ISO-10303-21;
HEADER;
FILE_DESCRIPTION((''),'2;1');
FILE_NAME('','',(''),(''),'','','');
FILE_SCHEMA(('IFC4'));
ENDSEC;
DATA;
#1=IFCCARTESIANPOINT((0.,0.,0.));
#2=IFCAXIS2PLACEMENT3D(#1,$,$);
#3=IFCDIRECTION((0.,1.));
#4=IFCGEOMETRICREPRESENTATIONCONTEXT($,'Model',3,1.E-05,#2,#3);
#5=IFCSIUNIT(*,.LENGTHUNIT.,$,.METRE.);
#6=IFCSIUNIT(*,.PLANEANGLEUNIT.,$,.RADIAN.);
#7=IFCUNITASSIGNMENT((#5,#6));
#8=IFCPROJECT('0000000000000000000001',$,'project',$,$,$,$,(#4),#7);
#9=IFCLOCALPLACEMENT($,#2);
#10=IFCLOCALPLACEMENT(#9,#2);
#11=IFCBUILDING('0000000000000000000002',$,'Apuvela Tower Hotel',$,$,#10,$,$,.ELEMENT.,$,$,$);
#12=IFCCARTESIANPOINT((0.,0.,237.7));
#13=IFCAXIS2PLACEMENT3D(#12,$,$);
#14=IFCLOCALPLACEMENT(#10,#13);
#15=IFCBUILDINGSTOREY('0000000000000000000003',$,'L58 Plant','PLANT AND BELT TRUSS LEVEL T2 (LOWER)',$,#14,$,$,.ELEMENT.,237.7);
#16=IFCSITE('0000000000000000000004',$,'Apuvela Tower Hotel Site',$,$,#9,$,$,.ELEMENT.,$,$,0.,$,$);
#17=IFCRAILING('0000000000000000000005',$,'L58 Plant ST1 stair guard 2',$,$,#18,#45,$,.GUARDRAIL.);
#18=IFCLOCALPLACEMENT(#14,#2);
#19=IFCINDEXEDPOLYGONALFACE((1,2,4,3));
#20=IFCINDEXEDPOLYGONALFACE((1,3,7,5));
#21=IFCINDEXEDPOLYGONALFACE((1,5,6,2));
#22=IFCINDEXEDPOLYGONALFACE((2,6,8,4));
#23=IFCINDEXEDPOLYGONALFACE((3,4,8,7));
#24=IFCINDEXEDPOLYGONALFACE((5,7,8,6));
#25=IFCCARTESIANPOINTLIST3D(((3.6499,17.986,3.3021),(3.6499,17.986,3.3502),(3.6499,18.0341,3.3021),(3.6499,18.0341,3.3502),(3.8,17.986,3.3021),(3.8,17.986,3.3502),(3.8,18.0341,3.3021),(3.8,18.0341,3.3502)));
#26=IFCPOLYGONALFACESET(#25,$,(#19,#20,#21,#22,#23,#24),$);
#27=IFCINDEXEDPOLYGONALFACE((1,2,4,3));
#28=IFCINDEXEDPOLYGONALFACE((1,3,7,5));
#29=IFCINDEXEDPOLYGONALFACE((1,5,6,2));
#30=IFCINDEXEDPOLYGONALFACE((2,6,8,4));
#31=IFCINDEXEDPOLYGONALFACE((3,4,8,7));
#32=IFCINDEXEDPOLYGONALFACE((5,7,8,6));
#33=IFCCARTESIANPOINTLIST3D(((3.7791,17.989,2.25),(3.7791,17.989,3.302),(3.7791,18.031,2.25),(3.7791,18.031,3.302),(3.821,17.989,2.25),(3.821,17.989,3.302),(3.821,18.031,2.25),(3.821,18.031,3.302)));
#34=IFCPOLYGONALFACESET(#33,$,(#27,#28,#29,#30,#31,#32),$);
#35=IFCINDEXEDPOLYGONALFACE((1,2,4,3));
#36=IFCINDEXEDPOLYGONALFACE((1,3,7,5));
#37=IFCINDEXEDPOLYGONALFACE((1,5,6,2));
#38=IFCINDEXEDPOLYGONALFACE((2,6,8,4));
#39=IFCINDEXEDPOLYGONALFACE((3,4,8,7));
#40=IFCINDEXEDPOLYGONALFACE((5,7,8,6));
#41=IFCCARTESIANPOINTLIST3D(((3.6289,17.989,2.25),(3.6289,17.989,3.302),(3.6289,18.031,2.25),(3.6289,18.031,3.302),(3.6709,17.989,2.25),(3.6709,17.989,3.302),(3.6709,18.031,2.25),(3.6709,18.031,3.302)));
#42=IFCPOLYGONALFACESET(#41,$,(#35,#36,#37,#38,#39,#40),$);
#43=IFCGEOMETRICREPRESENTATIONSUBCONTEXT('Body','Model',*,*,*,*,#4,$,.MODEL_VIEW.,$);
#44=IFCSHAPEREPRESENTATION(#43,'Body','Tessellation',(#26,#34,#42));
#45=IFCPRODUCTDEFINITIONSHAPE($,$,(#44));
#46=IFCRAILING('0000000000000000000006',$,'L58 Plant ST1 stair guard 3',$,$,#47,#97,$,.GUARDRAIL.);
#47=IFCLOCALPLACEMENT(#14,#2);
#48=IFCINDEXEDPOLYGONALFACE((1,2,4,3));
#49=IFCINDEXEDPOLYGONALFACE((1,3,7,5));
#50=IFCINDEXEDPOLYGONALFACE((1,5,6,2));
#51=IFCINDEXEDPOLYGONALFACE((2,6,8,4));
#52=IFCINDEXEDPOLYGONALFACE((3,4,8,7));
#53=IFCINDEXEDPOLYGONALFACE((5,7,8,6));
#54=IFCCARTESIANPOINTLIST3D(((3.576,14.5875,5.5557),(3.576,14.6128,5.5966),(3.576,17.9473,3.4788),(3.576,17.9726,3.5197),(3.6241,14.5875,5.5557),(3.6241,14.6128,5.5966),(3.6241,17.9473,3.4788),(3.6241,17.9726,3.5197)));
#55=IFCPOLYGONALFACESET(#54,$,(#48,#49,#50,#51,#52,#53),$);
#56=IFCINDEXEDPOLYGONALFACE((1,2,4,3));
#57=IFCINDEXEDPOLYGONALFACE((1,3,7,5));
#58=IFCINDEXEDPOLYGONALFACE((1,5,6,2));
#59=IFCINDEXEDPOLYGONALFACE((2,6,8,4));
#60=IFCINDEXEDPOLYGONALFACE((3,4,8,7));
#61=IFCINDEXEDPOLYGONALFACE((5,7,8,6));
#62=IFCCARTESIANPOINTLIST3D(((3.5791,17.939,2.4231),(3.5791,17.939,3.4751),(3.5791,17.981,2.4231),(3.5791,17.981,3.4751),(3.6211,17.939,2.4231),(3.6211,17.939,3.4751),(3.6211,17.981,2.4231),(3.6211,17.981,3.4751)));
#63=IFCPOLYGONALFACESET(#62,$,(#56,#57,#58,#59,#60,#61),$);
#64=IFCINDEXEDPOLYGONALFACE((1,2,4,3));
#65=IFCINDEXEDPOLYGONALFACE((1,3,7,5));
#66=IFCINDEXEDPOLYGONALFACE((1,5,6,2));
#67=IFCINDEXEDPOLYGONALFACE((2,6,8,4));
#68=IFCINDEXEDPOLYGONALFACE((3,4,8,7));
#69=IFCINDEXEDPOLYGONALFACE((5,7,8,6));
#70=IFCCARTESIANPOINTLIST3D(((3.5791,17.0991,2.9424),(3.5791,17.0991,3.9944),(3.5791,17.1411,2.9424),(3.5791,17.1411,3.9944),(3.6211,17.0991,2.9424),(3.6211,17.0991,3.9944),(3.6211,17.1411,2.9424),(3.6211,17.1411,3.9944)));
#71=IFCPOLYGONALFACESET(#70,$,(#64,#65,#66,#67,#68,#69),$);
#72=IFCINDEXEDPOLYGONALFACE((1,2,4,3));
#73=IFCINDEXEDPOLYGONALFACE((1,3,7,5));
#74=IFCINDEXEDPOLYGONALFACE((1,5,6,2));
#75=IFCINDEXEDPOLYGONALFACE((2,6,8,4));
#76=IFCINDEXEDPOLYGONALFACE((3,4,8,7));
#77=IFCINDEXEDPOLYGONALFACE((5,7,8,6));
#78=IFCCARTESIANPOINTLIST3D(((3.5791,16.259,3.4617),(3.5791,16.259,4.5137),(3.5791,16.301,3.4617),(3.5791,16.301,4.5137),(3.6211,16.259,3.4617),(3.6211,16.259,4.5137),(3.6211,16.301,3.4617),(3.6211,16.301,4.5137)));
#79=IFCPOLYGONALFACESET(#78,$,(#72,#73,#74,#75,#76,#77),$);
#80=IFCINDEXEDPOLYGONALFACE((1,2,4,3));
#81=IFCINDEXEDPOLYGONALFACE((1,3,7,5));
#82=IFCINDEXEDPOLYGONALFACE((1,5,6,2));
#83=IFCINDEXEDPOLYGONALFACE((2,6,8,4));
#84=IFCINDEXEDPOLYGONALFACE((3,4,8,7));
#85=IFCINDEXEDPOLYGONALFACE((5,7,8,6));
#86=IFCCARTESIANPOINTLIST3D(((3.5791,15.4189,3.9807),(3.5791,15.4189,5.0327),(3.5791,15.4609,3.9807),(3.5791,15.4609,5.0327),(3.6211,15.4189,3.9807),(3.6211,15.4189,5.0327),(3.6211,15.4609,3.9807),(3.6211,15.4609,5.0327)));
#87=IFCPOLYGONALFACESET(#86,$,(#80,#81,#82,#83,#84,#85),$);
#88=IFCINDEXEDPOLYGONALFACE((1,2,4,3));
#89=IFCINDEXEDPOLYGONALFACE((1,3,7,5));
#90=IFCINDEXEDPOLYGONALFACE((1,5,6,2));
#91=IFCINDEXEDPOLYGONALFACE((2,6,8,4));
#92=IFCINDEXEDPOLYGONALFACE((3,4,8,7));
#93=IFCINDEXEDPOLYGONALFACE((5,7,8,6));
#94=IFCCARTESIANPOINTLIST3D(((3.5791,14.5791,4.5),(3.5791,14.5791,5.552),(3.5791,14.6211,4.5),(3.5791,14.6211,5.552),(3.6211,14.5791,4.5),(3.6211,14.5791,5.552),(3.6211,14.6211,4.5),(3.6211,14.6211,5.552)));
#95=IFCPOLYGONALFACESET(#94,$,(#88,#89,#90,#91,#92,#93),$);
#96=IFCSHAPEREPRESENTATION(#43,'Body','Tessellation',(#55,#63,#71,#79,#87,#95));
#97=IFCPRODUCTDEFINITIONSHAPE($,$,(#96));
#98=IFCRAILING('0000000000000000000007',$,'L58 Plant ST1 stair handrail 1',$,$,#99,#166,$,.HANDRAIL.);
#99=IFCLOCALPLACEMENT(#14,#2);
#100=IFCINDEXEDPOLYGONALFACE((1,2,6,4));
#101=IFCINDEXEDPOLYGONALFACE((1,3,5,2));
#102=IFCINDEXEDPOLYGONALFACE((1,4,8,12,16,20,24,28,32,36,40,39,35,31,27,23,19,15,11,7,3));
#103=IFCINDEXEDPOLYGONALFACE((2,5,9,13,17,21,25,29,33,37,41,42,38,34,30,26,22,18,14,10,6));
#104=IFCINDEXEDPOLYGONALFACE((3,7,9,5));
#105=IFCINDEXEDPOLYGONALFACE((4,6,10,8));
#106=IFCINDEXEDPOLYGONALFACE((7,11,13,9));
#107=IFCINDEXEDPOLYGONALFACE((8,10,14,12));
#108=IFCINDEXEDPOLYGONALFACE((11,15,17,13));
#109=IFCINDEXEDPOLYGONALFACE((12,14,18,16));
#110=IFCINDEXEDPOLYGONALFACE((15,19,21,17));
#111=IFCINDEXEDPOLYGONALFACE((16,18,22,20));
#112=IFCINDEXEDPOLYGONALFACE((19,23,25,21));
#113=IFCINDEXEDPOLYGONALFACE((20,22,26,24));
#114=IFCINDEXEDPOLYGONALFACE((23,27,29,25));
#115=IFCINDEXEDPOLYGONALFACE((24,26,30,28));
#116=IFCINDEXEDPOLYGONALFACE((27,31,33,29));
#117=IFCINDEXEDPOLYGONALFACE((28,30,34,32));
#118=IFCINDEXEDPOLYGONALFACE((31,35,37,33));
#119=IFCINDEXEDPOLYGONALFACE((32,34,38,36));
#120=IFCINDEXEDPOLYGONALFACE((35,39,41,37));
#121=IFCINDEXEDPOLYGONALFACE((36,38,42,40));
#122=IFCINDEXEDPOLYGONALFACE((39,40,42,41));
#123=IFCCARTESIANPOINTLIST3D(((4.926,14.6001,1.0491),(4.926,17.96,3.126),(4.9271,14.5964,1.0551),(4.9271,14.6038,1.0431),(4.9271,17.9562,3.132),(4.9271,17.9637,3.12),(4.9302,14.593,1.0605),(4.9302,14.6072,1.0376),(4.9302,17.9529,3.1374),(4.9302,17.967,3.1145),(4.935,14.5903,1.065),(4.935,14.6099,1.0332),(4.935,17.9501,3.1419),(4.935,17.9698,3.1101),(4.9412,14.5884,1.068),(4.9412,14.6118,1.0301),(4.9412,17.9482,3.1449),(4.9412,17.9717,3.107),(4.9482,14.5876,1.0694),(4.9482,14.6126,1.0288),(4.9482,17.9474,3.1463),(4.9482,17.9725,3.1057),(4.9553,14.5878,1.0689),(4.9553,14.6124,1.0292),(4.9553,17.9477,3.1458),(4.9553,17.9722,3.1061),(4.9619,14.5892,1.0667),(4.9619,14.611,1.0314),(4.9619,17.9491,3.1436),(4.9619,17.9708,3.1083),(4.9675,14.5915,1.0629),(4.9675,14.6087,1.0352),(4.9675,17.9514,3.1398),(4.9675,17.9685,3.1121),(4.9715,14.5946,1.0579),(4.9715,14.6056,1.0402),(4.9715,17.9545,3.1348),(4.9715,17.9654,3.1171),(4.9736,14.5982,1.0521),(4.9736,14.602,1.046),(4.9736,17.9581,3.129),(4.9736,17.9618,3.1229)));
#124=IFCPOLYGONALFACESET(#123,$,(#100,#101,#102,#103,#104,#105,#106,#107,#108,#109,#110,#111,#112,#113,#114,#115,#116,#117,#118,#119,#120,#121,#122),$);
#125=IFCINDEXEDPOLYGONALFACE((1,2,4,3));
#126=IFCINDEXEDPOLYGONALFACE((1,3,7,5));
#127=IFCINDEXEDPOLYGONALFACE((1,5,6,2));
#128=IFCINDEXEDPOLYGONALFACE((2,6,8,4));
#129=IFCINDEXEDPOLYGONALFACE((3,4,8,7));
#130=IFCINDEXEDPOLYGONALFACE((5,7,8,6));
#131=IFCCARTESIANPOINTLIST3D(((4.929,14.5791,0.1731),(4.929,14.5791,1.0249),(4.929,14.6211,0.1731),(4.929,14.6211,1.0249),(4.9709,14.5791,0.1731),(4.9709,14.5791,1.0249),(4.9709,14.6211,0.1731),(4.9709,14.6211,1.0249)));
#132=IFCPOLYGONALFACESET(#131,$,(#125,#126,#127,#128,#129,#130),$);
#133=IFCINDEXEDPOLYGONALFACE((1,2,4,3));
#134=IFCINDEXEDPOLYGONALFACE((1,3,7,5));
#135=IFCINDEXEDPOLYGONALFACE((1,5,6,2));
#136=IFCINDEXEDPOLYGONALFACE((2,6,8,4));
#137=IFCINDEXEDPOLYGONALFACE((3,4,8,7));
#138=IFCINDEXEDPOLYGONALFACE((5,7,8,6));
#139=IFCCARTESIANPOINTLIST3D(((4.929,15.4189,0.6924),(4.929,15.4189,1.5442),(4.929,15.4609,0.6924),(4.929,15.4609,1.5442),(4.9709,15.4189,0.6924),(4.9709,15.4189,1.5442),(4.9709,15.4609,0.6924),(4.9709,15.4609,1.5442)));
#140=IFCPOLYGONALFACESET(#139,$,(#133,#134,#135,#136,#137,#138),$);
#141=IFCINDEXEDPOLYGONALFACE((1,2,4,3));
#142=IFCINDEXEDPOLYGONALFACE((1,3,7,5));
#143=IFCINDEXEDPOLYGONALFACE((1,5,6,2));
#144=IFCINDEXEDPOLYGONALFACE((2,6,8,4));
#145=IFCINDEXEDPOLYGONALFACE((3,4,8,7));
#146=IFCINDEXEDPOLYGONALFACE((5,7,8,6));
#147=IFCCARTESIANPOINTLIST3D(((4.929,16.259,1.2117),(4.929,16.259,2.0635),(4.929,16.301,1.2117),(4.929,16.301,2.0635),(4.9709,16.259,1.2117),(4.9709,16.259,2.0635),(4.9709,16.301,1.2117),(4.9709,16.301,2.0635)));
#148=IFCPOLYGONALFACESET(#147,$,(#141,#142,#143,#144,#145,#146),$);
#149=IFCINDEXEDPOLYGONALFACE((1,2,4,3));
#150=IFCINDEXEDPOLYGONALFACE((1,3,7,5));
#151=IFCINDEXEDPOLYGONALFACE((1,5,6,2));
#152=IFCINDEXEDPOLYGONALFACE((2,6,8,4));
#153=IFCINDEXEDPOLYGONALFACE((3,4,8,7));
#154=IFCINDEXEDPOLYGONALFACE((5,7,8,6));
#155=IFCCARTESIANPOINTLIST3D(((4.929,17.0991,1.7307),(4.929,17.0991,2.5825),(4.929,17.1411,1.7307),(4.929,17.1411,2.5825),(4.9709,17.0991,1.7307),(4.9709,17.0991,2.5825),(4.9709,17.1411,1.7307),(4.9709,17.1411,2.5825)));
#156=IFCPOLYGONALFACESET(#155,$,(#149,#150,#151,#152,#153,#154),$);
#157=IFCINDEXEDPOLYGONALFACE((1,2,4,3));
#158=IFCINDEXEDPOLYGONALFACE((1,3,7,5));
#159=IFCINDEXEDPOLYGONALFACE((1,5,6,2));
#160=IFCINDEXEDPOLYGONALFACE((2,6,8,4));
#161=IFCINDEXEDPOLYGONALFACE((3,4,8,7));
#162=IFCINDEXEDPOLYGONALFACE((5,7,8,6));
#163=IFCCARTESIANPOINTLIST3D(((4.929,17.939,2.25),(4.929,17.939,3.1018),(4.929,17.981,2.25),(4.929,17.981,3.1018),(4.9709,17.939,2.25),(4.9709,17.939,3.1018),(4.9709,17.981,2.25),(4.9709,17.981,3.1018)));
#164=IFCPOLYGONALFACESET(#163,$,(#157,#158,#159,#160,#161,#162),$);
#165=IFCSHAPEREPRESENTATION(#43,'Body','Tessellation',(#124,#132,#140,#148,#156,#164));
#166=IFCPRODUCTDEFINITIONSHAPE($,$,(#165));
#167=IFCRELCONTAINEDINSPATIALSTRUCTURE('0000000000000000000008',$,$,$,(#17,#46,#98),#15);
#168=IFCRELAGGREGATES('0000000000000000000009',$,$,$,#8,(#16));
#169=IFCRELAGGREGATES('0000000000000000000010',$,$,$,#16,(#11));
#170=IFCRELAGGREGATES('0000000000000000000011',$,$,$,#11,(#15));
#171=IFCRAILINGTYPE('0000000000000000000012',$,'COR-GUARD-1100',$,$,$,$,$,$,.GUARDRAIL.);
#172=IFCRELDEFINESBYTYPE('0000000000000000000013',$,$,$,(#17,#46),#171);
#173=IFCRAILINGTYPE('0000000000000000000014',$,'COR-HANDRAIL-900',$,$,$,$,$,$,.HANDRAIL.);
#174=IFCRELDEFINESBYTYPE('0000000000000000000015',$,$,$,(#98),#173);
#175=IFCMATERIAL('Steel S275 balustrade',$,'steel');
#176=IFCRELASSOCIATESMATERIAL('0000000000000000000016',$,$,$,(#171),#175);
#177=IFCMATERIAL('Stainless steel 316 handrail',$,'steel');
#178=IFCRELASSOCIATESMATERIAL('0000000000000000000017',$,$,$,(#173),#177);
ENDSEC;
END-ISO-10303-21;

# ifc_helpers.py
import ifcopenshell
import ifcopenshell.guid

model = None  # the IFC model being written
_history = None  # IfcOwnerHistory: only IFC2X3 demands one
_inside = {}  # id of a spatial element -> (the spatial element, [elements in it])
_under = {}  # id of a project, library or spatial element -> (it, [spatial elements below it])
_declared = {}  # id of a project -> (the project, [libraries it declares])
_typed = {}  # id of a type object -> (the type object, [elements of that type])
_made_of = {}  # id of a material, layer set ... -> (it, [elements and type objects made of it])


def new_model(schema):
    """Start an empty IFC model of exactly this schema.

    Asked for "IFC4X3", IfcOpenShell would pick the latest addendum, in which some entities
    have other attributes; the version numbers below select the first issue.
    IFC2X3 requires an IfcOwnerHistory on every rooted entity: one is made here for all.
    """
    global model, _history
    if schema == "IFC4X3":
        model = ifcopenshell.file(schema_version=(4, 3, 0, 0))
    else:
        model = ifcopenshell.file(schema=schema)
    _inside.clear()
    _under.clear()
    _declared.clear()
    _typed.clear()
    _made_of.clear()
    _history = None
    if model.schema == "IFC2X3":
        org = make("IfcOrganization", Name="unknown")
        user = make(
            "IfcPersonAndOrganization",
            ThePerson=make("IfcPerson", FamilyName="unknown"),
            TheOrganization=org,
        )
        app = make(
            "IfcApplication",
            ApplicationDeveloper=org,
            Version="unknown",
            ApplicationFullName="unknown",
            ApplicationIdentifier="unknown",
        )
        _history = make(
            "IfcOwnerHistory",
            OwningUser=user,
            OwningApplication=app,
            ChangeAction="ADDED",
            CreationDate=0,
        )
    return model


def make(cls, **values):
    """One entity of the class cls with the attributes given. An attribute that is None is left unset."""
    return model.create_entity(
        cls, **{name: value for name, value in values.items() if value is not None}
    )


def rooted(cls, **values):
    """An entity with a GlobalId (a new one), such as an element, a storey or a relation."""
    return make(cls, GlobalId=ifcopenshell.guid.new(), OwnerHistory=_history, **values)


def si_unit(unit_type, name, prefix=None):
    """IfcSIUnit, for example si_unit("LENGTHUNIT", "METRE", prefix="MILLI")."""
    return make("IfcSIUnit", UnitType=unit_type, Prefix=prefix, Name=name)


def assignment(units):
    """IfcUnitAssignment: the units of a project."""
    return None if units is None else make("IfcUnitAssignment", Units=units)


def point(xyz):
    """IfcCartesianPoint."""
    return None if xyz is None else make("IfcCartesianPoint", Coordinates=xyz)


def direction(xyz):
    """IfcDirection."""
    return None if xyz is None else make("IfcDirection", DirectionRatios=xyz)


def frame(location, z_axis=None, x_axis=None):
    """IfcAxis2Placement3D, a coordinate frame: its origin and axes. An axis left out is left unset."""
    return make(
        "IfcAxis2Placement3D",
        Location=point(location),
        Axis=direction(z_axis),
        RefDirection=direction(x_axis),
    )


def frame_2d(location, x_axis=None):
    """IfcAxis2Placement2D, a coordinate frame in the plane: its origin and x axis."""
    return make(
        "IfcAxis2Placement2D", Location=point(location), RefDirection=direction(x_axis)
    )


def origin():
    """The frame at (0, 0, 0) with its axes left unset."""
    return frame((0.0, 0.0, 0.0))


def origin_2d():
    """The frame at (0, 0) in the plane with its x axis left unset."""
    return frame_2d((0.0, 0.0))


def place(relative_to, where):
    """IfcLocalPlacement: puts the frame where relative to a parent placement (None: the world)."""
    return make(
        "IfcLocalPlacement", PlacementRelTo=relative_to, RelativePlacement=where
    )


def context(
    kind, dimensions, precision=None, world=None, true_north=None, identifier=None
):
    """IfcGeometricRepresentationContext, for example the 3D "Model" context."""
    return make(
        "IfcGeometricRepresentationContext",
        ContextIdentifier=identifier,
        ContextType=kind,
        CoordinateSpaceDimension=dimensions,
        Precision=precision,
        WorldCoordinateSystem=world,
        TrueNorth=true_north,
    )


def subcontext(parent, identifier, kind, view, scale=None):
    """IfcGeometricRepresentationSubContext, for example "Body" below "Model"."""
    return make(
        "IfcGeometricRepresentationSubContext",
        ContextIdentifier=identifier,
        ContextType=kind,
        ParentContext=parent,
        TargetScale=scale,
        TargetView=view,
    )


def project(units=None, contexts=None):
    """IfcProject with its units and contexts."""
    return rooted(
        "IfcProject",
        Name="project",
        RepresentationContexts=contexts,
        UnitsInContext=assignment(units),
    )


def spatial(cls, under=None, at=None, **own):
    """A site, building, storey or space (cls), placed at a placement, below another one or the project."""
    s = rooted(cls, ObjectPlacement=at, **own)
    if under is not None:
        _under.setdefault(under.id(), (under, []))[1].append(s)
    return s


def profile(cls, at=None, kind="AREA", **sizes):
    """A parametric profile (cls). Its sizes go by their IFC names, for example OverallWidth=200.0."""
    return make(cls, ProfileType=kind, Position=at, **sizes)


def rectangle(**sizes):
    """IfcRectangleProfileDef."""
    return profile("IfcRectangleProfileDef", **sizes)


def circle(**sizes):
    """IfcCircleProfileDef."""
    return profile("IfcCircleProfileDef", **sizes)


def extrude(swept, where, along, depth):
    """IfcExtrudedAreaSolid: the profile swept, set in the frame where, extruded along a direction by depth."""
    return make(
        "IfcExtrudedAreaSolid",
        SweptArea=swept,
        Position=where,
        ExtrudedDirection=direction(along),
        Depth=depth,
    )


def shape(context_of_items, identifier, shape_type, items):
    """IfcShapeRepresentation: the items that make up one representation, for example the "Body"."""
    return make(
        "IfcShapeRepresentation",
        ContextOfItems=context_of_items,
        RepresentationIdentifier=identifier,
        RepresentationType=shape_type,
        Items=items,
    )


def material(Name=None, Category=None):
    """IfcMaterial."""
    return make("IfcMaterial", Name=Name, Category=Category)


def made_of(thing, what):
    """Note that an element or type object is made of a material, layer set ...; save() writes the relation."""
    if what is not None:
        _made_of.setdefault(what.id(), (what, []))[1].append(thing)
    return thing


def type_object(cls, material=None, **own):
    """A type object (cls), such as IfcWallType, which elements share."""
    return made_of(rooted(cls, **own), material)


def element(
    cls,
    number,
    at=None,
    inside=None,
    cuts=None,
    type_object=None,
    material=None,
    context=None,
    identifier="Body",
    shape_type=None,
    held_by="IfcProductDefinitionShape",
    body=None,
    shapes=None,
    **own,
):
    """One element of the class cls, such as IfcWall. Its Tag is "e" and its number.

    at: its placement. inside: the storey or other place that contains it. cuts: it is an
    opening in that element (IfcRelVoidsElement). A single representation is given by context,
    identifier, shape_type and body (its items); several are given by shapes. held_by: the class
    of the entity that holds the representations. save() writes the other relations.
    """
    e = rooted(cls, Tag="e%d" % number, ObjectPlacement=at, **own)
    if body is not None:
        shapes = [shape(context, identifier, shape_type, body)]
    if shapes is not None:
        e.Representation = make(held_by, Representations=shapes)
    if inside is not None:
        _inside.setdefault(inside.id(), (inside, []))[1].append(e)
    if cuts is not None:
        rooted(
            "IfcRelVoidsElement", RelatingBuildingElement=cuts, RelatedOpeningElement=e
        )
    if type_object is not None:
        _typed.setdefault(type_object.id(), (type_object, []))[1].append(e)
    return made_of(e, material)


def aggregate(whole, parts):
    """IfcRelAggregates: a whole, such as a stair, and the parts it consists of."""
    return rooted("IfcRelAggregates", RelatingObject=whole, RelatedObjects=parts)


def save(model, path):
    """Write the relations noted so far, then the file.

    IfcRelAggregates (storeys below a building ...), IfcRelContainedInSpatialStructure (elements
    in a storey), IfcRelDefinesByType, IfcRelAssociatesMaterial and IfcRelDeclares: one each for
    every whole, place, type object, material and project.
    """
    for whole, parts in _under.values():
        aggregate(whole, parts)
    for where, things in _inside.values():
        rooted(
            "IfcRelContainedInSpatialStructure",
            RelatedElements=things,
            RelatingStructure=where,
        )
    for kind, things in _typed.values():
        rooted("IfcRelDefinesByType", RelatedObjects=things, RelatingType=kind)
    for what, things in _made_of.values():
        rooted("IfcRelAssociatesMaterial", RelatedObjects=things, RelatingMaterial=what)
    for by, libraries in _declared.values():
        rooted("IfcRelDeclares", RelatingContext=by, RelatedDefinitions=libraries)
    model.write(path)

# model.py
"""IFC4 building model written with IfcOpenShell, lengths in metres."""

from ifc_helpers import new_model, si_unit, direction, frame, origin, origin_2d, place, context, subcontext, project, spatial, rectangle, circle, extrude, material, type_object, element, save


model = new_model("IFC4")

# Units and contexts
model_context = context("Model", 3, precision=1e-05, world=origin(), true_north=direction((0.0, 1.0)))
body_context = subcontext(model_context, "Body", "Model", "MODEL_VIEW")
ifc_project = project(units=[si_unit("LENGTHUNIT", "METRE"), si_unit("PLANEANGLEUNIT", "RADIAN")], contexts=[model_context])

# Site, building, storey
site_placement = place(None, origin())
site = spatial("IfcSite", under=ifc_project, at=site_placement, Name="Apuvela Tower Hotel Site", CompositionType="ELEMENT", RefElevation=0.0)
building_placement = place(site_placement, origin())
building = spatial("IfcBuilding", under=site, at=building_placement, Name="Apuvela Tower Hotel", CompositionType="ELEMENT")
storey_placement = place(building_placement, frame((0.0, 0.0, 237.7)))
storey = spatial("IfcBuildingStorey", under=building, at=storey_placement, Name="L58 Plant", Description="PLANT AND BELT TRUSS LEVEL T2 (LOWER)", CompositionType="ELEMENT", Elevation=237.7)

# Railings
ifc_material_1 = material(Name="Steel S275 balustrade", Category="steel")
railing_type_1 = type_object("IfcRailingType", Name="COR-GUARD-1100", PredefinedType="GUARDRAIL", material=ifc_material_1)
railing_1_placement = place(storey_placement, frame((3.8, 18.01, 2.25)))
element("IfcRailing", 1, at=railing_1_placement, inside=storey, type_object=railing_type_1, Name="L58 Plant ST1 stair guard 2", PredefinedType="GUARDRAIL", context=body_context, shape_type="SweptSolid", body=[
    extrude(rectangle(XDim=0.0481, YDim=0.0481, at=origin_2d()), frame((0.0, 0.0, 1.0762), z_axis=(-1.0, 0.0, 0.0), x_axis=(0.0, -1.0, 0.0)), (0.0, 0.0, 1.0), 0.1501),
    extrude(rectangle(XDim=0.042, YDim=0.042, at=origin_2d()), origin(), (0.0, 0.0, 1.0), 1.052),
    extrude(rectangle(XDim=0.042, YDim=0.042, at=origin_2d()), frame((-0.1501, 0.0, 0.0)), (0.0, 0.0, 1.0), 1.052),
])
railing_2_placement = place(storey_placement, frame((3.6001, 17.96, 2.4231)))
element("IfcRailing", 2, at=railing_2_placement, inside=storey, type_object=railing_type_1, Name="L58 Plant ST1 stair guard 3", PredefinedType="GUARDRAIL", context=body_context, shape_type="SweptSolid", body=[
    extrude(rectangle(XDim=0.0481, YDim=0.0481, at=origin_2d()), frame((0.0, 0.0, 1.0762), z_axis=(0.0, -0.850606, 0.525803), x_axis=(1.0, 0.0, 0.0)), (0.0, 0.0, 1.0), 3.95),
    extrude(rectangle(XDim=0.042, YDim=0.042, at=origin_2d()), origin(), (0.0, 0.0, 1.0), 1.052),
    extrude(rectangle(XDim=0.042, YDim=0.042, at=origin_2d()), frame((0.0, -0.8398, 0.5193)), (0.0, 0.0, 1.0), 1.052),
    extrude(rectangle(XDim=0.042, YDim=0.042, at=origin_2d()), frame((0.0, -1.6799, 1.0386)), (0.0, 0.0, 1.0), 1.052),
    extrude(rectangle(XDim=0.042, YDim=0.042, at=origin_2d()), frame((0.0, -2.52, 1.5576)), (0.0, 0.0, 1.0), 1.052),
    extrude(rectangle(XDim=0.042, YDim=0.042, at=origin_2d()), frame((0.0, -3.3599, 2.0769)), (0.0, 0.0, 1.0), 1.052),
])
ifc_material_2 = material(Name="Stainless steel 316 handrail", Category="steel")
railing_type_2 = type_object("IfcRailingType", Name="COR-HANDRAIL-900", PredefinedType="HANDRAIL", material=ifc_material_2)
railing_3_placement = place(storey_placement, frame((4.95, 14.6001, 0.1731)))
element("IfcRailing", 3, at=railing_3_placement, inside=storey, type_object=railing_type_2, Name="L58 Plant ST1 stair handrail 1", PredefinedType="HANDRAIL", context=body_context, shape_type="SweptSolid", body=[
    extrude(circle(Radius=0.0239, at=origin_2d()), frame((0.0, 0.0, 0.876), z_axis=(0.0, 0.850606, 0.525803), x_axis=(-1.0, 0.0, 0.0)), (0.0, 0.0, 1.0), 3.95),
    extrude(rectangle(XDim=0.042, YDim=0.042, at=origin_2d()), origin(), (0.0, 0.0, 1.0), 0.8518),
    extrude(rectangle(XDim=0.042, YDim=0.042, at=origin_2d()), frame((0.0, 0.8398, 0.5193)), (0.0, 0.0, 1.0), 0.8518),
    extrude(rectangle(XDim=0.042, YDim=0.042, at=origin_2d()), frame((0.0, 1.6799, 1.0386)), (0.0, 0.0, 1.0), 0.8518),
    extrude(rectangle(XDim=0.042, YDim=0.042, at=origin_2d()), frame((0.0, 2.52, 1.5576)), (0.0, 0.0, 1.0), 0.8518),
    extrude(rectangle(XDim=0.042, YDim=0.042, at=origin_2d()), frame((0.0, 3.3599, 2.0769)), (0.0, 0.0, 1.0), 0.8518),
])

save(model, "model.ifc")
